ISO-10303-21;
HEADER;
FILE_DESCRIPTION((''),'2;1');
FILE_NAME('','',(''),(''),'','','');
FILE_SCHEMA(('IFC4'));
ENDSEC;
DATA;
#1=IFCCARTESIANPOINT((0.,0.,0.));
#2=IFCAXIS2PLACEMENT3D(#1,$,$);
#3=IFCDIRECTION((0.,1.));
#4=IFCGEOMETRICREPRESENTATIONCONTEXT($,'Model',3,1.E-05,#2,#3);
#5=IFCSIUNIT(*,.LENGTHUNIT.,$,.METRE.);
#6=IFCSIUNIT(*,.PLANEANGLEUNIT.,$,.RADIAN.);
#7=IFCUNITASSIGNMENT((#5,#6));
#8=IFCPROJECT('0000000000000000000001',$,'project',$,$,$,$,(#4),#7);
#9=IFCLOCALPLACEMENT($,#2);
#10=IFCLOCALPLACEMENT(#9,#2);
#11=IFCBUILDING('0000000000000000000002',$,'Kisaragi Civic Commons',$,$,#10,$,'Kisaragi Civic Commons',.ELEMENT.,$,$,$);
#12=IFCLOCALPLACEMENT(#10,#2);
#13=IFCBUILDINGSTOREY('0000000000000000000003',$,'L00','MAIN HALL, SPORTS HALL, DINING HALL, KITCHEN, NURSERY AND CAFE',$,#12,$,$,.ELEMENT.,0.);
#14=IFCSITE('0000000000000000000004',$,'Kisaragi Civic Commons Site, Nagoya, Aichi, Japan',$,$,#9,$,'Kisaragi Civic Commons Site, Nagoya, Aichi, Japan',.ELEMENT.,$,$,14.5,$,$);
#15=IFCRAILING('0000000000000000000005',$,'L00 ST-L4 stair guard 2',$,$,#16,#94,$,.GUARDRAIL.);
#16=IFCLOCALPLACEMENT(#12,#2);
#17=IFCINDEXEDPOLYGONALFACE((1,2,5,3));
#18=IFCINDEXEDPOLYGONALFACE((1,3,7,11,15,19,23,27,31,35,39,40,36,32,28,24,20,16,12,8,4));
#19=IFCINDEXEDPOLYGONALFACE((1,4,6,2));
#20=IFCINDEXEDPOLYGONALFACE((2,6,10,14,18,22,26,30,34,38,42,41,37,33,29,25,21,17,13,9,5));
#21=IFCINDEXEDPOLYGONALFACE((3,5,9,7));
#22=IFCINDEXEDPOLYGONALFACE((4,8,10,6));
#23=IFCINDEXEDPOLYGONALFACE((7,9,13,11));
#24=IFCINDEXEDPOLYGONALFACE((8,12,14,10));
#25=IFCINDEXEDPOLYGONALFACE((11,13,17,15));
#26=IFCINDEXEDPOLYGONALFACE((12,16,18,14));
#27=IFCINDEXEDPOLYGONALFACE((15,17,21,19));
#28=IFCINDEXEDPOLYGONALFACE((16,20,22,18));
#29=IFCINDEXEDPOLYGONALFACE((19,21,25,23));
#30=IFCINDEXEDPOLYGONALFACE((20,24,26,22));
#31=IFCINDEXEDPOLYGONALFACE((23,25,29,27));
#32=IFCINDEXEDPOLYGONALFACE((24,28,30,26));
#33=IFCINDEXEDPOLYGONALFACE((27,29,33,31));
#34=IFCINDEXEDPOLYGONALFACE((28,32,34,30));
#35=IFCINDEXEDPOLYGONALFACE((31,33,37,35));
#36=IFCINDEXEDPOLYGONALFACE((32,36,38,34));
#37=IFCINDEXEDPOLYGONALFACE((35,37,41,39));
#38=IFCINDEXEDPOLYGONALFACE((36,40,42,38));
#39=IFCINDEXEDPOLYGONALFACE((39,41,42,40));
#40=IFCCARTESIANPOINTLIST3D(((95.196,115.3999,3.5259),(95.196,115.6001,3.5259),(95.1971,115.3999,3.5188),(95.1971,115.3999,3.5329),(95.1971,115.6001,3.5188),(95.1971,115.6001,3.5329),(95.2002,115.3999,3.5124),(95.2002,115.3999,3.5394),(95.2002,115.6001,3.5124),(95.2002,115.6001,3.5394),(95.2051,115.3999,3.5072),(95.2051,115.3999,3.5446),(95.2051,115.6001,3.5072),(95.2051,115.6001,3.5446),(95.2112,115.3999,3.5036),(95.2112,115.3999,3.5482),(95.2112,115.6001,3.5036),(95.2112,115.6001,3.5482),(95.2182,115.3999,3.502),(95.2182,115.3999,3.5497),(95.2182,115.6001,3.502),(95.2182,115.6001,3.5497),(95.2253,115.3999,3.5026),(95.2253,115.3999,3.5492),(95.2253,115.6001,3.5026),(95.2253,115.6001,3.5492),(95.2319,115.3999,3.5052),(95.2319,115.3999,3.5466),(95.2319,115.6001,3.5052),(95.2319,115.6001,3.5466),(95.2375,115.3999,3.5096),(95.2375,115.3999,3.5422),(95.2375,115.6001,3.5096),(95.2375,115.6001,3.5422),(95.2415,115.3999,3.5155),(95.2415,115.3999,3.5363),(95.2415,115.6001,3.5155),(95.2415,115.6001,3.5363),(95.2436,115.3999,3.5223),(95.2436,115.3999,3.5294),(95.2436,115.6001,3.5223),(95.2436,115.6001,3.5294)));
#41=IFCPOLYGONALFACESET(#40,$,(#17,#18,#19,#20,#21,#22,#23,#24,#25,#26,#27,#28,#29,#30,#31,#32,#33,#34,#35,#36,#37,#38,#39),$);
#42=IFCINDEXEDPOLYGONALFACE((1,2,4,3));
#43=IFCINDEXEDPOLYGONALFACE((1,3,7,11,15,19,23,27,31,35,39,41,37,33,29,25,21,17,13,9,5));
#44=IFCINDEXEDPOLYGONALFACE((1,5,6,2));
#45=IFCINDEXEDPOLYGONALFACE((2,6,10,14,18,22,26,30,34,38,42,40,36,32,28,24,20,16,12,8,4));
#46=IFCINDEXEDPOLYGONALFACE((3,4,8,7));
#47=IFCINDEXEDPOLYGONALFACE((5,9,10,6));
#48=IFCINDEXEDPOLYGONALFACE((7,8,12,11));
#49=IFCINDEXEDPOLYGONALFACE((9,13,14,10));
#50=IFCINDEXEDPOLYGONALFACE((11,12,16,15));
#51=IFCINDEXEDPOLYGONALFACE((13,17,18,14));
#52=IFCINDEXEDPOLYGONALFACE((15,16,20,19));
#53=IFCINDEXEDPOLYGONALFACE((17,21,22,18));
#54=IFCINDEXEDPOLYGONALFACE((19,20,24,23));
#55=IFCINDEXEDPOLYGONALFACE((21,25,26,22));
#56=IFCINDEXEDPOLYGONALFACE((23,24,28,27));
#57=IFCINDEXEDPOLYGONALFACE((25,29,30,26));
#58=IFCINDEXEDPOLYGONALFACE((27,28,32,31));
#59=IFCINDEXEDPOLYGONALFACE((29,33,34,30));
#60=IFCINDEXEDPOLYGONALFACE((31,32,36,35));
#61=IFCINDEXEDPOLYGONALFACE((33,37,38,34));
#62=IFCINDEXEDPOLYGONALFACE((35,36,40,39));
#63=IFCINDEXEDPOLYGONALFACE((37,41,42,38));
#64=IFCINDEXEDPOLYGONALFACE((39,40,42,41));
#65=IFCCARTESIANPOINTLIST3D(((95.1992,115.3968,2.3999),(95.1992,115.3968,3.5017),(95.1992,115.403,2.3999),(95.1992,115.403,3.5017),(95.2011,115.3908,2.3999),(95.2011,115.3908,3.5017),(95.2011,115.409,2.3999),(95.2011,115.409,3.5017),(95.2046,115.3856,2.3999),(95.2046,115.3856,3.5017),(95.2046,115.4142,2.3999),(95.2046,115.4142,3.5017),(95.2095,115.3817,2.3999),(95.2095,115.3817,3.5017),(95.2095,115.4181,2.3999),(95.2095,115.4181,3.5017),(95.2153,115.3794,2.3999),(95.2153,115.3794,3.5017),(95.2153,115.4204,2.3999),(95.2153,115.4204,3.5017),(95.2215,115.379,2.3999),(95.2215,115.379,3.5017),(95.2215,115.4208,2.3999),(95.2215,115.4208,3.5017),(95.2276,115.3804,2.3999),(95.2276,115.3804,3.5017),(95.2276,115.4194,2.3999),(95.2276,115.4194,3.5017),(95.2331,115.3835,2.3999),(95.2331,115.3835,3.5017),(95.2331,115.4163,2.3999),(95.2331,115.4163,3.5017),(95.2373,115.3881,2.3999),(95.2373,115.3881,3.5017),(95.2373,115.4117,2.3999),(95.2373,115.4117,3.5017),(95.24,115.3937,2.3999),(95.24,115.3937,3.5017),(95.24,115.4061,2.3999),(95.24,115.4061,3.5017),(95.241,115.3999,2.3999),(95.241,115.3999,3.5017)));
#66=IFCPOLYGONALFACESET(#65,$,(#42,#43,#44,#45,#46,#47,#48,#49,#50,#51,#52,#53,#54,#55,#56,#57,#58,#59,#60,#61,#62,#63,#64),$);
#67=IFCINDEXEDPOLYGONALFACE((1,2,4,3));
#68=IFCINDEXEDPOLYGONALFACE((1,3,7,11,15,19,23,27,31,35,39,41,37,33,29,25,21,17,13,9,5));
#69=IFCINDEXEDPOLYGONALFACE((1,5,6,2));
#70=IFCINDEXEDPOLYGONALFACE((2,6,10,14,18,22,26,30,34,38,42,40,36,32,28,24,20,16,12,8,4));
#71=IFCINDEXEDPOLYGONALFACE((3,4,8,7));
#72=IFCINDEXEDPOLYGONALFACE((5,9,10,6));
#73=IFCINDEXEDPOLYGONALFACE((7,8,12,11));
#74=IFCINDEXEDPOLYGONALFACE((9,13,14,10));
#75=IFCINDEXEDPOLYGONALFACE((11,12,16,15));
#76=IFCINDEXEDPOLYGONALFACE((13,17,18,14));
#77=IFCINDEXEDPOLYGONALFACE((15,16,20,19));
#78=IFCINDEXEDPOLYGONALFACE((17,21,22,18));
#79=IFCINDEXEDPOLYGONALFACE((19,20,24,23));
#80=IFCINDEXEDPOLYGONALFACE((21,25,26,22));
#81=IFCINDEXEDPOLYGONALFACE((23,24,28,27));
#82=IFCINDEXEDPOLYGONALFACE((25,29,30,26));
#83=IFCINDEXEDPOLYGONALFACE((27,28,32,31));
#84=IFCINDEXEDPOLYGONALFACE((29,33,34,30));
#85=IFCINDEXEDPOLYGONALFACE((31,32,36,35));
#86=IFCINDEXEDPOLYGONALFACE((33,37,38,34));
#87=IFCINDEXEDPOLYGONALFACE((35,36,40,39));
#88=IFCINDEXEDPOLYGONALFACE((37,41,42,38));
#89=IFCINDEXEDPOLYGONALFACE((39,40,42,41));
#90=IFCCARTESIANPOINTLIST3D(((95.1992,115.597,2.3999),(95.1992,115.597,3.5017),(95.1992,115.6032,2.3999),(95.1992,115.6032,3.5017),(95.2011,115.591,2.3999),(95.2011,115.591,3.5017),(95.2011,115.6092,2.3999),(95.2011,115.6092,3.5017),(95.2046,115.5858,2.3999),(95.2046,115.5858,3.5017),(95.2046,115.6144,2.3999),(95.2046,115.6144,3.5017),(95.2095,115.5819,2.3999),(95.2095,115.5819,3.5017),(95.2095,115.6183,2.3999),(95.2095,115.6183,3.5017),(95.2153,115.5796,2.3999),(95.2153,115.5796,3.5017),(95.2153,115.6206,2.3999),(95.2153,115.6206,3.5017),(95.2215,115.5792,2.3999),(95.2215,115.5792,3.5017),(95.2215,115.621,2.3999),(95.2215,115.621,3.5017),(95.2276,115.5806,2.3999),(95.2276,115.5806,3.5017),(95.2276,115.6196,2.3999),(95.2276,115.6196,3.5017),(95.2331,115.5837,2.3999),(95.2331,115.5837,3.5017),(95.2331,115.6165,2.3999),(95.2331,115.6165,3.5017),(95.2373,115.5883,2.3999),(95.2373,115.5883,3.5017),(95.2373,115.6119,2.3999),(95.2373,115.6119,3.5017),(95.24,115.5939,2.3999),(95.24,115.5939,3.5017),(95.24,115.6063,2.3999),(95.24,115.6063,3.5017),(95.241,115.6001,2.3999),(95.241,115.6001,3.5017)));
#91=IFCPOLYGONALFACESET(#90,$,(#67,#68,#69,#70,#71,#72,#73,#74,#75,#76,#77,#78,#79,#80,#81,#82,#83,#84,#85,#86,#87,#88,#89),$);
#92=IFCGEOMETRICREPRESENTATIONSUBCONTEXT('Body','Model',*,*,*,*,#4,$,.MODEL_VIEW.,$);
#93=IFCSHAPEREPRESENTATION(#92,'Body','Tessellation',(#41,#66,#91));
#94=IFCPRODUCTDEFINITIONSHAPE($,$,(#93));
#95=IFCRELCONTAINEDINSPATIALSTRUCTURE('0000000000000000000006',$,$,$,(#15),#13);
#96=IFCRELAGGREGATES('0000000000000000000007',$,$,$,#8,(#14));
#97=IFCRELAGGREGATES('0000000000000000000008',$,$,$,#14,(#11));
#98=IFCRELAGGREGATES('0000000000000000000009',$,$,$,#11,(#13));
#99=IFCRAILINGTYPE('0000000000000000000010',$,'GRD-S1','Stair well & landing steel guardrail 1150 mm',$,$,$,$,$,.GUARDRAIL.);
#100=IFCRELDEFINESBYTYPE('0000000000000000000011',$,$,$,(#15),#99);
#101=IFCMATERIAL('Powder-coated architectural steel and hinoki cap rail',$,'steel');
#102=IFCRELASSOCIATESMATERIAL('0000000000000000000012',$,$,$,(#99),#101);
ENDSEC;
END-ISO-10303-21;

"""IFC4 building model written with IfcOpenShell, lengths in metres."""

from ifc_helpers import new_model, si_unit, direction, frame, origin, origin_2d, place, context, subcontext, project, spatial, circle, extrude, material, type_object, element, save


model = new_model("IFC4")

# Units and contexts
model_context = context("Model", 3, precision=1e-05, world=origin(), true_north=direction((0.0, 1.0)))
body_context = subcontext(model_context, "Body", "Model", "MODEL_VIEW")
ifc_project = project(units=[si_unit("LENGTHUNIT", "METRE"), si_unit("PLANEANGLEUNIT", "RADIAN")], contexts=[model_context])

# Site, building, storey
site_placement = place(None, origin())
site = spatial("IfcSite", under=ifc_project, at=site_placement, Name="Kisaragi Civic Commons Site, Nagoya, Aichi, Japan", LongName="Kisaragi Civic Commons Site, Nagoya, Aichi, Japan", CompositionType="ELEMENT", RefElevation=14.5)
building_placement = place(site_placement, origin())
building = spatial("IfcBuilding", under=site, at=building_placement, Name="Kisaragi Civic Commons", LongName="Kisaragi Civic Commons", CompositionType="ELEMENT")
storey_placement = place(building_placement, origin())
storey = spatial("IfcBuildingStorey", under=building, at=storey_placement, Name="L00", Description="MAIN HALL, SPORTS HALL, DINING HALL, KITCHEN, NURSERY AND CAFE", CompositionType="ELEMENT", Elevation=0.0)

# Railing
ifc_material_1 = material(Name="Powder-coated architectural steel and hinoki cap rail", Category="steel")
railing_type_1 = type_object("IfcRailingType", Name="GRD-S1", Description="Stair well & landing steel guardrail 1150 mm", PredefinedType="GUARDRAIL", material=ifc_material_1)
railing_1_placement = place(storey_placement, frame((95.22, 115.3999, 2.3999)))
element("IfcRailing", 1, at=railing_1_placement, inside=storey, type_object=railing_type_1, Name="L00 ST-L4 stair guard 2", PredefinedType="GUARDRAIL", context=body_context, shape_type="SweptSolid", body=[
    extrude(circle(Radius=0.0239, at=origin_2d()), frame((0.0, 0.0, 1.126), z_axis=(0.0, 1.0, 0.0), x_axis=(-1.0, 0.0, 0.0)), (0.0, 0.0, 1.0), 0.2002),
    extrude(circle(Radius=0.021, at=origin_2d()), origin(), (0.0, 0.0, 1.0), 1.1018),
    extrude(circle(Radius=0.021, at=origin_2d()), frame((0.0, 0.2002, 0.0)), (0.0, 0.0, 1.0), 1.1018),
])

save(model, "model.ifc")
